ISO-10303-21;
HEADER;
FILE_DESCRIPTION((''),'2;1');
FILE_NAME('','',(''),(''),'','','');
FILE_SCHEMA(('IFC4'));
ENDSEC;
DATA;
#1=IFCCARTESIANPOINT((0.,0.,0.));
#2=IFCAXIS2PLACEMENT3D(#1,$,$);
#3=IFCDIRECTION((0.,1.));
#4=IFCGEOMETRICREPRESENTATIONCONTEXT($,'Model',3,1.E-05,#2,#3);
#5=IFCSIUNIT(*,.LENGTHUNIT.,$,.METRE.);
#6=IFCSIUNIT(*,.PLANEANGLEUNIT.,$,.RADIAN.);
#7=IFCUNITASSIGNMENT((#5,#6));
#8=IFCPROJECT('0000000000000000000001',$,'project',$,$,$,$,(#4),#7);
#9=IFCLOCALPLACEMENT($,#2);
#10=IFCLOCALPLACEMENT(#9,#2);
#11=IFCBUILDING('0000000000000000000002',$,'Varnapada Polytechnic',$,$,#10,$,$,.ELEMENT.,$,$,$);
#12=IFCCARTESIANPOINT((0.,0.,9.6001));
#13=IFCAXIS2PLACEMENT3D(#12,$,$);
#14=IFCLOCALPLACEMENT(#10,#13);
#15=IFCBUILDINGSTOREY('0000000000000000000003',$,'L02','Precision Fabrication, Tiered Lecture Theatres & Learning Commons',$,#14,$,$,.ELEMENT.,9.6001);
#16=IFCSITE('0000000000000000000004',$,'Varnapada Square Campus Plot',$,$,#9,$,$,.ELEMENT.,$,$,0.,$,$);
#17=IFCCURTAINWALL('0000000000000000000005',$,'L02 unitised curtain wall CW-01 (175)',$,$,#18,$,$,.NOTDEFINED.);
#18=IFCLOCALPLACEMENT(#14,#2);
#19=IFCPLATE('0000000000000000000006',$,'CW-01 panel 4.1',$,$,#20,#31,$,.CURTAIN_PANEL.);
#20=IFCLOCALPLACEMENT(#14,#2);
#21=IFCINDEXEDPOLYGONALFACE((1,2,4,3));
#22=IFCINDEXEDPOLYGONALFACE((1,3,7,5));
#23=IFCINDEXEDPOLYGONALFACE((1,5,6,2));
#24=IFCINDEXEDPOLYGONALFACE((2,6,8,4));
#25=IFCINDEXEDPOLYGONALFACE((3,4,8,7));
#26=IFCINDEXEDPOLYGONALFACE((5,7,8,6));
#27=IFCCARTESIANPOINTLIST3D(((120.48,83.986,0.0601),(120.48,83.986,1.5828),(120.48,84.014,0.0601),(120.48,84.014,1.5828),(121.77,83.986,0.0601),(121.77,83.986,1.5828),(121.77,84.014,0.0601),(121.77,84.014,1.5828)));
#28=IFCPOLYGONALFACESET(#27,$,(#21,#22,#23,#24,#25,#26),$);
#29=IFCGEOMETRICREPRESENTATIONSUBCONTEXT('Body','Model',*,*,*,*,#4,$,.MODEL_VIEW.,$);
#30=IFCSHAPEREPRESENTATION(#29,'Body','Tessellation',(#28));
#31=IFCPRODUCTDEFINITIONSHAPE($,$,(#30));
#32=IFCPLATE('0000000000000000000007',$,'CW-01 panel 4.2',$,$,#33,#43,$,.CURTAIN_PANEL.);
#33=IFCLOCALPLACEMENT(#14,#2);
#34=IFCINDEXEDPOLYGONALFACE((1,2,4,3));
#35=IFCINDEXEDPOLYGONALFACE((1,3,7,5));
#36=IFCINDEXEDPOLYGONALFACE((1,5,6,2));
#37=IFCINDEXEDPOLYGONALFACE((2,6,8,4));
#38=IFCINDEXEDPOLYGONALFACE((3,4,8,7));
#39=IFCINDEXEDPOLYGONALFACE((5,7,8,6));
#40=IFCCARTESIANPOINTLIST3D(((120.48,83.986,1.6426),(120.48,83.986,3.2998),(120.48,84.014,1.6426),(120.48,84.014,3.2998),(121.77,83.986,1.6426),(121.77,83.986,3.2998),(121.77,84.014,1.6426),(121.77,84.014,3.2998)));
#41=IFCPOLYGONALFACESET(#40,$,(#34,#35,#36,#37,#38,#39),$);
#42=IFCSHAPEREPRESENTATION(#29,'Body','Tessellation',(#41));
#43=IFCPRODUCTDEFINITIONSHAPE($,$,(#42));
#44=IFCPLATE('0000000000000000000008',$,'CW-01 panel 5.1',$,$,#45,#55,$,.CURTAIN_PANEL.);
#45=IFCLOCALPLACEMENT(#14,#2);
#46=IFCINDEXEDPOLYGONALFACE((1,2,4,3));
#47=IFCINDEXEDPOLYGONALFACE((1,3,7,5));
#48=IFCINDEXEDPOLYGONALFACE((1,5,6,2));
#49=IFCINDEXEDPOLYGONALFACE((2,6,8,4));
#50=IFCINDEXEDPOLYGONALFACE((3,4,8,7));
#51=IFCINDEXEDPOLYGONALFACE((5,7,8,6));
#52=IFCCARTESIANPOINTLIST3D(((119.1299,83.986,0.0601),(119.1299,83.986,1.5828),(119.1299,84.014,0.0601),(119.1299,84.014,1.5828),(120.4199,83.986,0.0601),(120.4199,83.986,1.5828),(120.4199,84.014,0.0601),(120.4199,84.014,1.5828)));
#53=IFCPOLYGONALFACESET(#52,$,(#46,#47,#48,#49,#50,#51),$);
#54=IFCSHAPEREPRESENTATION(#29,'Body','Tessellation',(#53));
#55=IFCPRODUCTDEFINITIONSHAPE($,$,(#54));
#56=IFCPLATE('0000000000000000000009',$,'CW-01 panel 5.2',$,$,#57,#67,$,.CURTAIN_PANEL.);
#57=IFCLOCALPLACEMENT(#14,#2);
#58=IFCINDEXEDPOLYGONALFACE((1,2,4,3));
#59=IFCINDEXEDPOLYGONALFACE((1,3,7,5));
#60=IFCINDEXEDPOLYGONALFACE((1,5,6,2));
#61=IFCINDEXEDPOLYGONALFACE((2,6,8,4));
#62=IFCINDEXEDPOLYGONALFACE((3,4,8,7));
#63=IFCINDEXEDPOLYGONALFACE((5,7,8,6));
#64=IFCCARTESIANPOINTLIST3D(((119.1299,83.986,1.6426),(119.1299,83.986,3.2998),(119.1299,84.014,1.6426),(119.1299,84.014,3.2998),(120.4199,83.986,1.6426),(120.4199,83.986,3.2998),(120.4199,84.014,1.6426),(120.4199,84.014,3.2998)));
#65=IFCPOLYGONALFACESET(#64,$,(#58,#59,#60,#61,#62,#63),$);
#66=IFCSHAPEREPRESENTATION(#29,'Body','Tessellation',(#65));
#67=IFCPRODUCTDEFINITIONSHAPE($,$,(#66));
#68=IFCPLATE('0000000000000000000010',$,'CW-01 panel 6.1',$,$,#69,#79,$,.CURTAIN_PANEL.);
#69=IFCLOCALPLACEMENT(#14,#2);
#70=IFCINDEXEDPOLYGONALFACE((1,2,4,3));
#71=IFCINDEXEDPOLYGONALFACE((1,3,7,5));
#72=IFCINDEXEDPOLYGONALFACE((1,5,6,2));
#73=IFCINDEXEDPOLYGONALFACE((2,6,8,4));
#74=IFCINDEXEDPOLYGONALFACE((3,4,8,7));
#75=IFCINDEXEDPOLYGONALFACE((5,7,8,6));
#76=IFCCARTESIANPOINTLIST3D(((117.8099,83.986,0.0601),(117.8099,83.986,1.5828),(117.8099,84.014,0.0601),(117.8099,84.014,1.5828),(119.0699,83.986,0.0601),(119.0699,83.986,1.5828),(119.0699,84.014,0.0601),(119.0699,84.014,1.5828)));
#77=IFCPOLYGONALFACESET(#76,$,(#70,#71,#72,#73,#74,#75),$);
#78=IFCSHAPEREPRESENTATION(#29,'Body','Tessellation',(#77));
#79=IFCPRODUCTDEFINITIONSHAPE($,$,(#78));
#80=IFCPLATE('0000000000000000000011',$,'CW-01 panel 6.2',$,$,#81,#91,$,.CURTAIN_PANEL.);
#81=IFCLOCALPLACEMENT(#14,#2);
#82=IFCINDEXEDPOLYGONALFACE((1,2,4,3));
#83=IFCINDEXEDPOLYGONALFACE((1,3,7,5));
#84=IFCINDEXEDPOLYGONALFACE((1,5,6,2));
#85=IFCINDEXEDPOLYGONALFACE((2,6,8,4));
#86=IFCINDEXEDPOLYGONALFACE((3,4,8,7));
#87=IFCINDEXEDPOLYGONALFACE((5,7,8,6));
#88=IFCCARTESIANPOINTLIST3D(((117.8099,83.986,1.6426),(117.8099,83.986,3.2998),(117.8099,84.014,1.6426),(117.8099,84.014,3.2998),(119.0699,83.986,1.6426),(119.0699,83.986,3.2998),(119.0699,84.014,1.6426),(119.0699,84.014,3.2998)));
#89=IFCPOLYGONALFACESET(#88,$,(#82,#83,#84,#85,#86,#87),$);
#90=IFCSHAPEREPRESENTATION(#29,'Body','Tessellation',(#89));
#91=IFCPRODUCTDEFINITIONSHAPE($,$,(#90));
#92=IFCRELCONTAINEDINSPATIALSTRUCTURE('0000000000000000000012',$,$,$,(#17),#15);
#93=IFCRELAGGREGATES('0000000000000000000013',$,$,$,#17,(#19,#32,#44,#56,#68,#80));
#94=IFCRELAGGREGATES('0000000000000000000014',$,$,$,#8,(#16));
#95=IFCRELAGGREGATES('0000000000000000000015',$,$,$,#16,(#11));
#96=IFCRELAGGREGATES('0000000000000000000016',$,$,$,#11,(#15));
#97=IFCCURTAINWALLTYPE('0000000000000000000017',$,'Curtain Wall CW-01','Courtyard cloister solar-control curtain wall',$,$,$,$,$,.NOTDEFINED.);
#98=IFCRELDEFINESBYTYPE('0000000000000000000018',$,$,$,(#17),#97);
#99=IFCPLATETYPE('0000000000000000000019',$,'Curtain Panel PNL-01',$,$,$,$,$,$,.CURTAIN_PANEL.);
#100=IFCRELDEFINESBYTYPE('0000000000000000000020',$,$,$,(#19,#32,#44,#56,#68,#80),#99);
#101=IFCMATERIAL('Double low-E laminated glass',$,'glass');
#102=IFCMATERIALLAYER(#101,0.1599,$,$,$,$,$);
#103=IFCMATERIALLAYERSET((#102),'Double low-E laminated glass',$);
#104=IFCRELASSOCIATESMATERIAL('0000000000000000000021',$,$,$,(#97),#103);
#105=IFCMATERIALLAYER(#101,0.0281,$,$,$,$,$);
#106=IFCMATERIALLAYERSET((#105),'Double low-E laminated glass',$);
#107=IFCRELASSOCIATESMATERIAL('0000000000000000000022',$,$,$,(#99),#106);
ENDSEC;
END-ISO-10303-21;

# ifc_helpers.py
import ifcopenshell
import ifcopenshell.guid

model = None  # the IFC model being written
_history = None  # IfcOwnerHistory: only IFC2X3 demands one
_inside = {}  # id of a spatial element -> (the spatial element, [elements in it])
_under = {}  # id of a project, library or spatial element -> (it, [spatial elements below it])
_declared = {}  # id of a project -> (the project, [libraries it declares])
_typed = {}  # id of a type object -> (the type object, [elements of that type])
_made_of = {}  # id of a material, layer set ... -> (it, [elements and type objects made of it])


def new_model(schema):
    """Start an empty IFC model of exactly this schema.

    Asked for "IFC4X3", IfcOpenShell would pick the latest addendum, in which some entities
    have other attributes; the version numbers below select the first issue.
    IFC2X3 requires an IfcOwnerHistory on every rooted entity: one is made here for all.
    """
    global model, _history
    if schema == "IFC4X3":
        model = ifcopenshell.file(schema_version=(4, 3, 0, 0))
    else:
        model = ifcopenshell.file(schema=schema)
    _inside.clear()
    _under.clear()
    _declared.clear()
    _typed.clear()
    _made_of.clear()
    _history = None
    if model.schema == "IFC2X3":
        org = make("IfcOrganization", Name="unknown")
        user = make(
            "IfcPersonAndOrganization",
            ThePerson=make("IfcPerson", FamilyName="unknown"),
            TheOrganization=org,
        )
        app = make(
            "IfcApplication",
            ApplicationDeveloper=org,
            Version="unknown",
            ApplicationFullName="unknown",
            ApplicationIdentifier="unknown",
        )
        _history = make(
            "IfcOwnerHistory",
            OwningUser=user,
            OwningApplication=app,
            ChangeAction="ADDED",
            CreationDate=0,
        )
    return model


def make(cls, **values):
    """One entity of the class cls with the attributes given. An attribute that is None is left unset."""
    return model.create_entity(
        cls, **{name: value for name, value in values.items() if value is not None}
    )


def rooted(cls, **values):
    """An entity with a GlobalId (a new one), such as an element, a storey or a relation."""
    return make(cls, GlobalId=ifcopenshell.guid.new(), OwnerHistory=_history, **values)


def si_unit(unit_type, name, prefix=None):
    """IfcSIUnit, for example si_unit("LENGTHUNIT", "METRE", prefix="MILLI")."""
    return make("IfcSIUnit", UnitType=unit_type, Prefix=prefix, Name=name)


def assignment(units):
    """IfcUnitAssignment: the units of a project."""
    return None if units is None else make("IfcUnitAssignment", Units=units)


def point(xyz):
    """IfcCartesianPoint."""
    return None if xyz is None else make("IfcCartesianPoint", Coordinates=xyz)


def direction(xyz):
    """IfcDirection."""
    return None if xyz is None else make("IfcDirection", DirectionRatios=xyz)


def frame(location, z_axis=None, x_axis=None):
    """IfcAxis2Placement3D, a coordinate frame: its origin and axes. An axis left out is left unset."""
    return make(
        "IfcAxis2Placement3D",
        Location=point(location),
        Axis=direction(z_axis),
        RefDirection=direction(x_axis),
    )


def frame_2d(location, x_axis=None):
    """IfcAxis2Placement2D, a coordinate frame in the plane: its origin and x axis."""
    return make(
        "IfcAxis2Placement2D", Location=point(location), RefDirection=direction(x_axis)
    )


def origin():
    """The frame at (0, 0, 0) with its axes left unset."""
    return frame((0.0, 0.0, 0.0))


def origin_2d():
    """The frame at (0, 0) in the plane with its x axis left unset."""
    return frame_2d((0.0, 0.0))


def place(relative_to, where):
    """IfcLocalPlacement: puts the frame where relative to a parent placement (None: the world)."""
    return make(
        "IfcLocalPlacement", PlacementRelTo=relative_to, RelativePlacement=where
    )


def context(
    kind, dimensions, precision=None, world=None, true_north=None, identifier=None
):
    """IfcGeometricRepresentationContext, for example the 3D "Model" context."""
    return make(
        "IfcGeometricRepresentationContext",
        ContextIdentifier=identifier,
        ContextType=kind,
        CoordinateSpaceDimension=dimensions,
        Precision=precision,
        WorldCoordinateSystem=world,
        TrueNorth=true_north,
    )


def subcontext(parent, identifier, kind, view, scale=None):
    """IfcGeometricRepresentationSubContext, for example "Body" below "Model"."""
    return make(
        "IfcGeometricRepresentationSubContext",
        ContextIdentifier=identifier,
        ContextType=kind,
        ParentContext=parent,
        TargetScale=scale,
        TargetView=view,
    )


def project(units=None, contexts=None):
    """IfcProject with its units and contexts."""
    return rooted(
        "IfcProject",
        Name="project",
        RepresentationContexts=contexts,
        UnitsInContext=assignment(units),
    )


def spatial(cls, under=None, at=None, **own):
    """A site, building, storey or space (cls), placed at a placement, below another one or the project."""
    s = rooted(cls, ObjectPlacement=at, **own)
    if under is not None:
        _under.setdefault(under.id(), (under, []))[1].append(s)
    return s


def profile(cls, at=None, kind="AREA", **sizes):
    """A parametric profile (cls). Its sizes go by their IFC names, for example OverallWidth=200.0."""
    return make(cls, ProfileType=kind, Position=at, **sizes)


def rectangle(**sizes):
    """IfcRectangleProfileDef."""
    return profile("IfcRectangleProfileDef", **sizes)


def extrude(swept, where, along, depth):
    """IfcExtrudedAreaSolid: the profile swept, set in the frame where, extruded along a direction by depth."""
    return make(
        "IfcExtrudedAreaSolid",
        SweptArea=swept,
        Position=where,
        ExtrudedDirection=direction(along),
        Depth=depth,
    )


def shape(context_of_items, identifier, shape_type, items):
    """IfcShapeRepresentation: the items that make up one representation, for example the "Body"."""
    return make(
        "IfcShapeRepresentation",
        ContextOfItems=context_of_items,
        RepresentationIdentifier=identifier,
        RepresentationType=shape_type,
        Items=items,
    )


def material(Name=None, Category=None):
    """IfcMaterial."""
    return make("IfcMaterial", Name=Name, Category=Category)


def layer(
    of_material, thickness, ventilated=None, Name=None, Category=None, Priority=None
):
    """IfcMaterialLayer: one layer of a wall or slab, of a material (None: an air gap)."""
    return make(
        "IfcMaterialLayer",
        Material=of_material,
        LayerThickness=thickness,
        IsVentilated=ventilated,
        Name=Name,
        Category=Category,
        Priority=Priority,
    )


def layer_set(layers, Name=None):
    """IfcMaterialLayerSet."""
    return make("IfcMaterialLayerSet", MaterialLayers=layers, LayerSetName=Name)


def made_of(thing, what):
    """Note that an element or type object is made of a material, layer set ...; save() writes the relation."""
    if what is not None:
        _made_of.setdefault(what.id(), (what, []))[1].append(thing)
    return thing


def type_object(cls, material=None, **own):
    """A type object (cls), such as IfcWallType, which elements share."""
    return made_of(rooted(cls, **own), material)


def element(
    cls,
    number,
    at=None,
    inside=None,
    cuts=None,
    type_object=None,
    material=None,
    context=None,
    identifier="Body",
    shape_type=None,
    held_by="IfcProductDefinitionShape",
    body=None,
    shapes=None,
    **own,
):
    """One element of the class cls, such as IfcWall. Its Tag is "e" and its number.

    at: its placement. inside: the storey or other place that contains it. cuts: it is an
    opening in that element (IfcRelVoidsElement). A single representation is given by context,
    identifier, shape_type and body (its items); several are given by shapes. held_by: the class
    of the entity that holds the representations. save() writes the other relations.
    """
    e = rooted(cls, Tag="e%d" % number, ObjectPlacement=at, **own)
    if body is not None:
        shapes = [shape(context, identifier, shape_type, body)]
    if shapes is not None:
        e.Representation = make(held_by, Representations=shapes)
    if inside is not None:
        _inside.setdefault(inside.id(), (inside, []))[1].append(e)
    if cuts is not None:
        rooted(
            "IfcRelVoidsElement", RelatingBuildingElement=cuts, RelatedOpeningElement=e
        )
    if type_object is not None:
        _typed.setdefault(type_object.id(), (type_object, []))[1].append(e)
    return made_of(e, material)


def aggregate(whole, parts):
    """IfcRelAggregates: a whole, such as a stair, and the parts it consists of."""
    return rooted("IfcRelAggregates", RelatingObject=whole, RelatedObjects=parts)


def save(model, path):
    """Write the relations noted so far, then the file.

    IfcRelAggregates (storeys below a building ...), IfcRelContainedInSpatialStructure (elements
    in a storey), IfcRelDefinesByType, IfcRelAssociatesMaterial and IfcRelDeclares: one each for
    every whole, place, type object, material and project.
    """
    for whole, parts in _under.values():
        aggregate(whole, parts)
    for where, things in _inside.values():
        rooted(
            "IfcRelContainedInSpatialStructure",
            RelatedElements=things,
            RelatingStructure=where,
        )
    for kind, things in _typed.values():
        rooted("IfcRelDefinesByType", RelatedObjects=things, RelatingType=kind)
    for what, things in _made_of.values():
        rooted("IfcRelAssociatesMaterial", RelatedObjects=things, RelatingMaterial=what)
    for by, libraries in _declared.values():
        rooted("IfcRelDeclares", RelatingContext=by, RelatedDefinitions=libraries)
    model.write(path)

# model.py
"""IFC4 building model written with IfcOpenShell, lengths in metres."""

from ifc_helpers import new_model, si_unit, direction, frame, origin, origin_2d, place, context, subcontext, project, spatial, rectangle, extrude, material, layer, layer_set, type_object, element, aggregate, save


model = new_model("IFC4")

# Units and contexts
model_context = context("Model", 3, precision=1e-05, world=origin(), true_north=direction((0.0, 1.0)))
body_context = subcontext(model_context, "Body", "Model", "MODEL_VIEW")
ifc_project = project(units=[si_unit("LENGTHUNIT", "METRE"), si_unit("PLANEANGLEUNIT", "RADIAN")], contexts=[model_context])

# Site, building, storey
site_placement = place(None, origin())
site = spatial("IfcSite", under=ifc_project, at=site_placement, Name="Varnapada Square Campus Plot", CompositionType="ELEMENT", RefElevation=0.0)
building_placement = place(site_placement, origin())
building = spatial("IfcBuilding", under=site, at=building_placement, Name="Varnapada Polytechnic", CompositionType="ELEMENT")
storey_placement = place(building_placement, frame((0.0, 0.0, 9.6001)))
storey = spatial("IfcBuildingStorey", under=building, at=storey_placement, Name="L02", Description="Precision Fabrication, Tiered Lecture Theatres & Learning Commons", CompositionType="ELEMENT", Elevation=9.6001)

# Curtain wall, plates
ifc_material_1 = material(Name="Double low-E laminated glass", Category="glass")
ifc_layer_1 = layer(ifc_material_1, 0.1599)
ifc_layer_set_1 = layer_set([ifc_layer_1], Name="Double low-E laminated glass")
curtain_wall_type = type_object("IfcCurtainWallType", Name="Curtain Wall CW-01", Description="Courtyard cloister solar-control curtain wall", PredefinedType="NOTDEFINED", material=ifc_layer_set_1)
curtain_wall_placement = place(storey_placement, origin())
curtain_wall = element("IfcCurtainWall", 1, at=curtain_wall_placement, inside=storey, type_object=curtain_wall_type, Name="L02 unitised curtain wall CW-01 (175)", PredefinedType="NOTDEFINED")
ifc_layer_2 = layer(ifc_material_1, 0.0281)
ifc_layer_set_2 = layer_set([ifc_layer_2], Name="Double low-E laminated glass")
plate_type = type_object("IfcPlateType", Name="Curtain Panel PNL-01", PredefinedType="CURTAIN_PANEL", material=ifc_layer_set_2)
plate_1_placement = place(storey_placement, frame((121.125, 84.0, 0.0601), z_axis=(0.0, 0.0, 1.0), x_axis=(-1.0, 0.0, 0.0)))
plate_1 = element("IfcPlate", 2, at=plate_1_placement, type_object=plate_type, Name="CW-01 panel 4.1", PredefinedType="CURTAIN_PANEL", context=body_context, shape_type="SweptSolid", body=[
    extrude(rectangle(XDim=1.29, YDim=0.0281, at=origin_2d()), origin(), (0.0, 0.0, 1.0), 1.5227),
])
plate_2_placement = place(storey_placement, frame((121.125, 84.0, 1.6426), z_axis=(0.0, 0.0, 1.0), x_axis=(-1.0, 0.0, 0.0)))
plate_2 = element("IfcPlate", 3, at=plate_2_placement, type_object=plate_type, Name="CW-01 panel 4.2", PredefinedType="CURTAIN_PANEL", context=body_context, shape_type="SweptSolid", body=[
    extrude(rectangle(XDim=1.29, YDim=0.0281, at=origin_2d()), origin(), (0.0, 0.0, 1.0), 1.6572),
])
plate_3_placement = place(storey_placement, frame((119.7749, 84.0, 0.0601), z_axis=(0.0, 0.0, 1.0), x_axis=(-1.0, 0.0, 0.0)))
plate_3 = element("IfcPlate", 4, at=plate_3_placement, type_object=plate_type, Name="CW-01 panel 5.1", PredefinedType="CURTAIN_PANEL", context=body_context, shape_type="SweptSolid", body=[
    extrude(rectangle(XDim=1.29, YDim=0.0281, at=origin_2d()), origin(), (0.0, 0.0, 1.0), 1.5227),
])
plate_4_placement = place(storey_placement, frame((119.7749, 84.0, 1.6426), z_axis=(0.0, 0.0, 1.0), x_axis=(-1.0, 0.0, 0.0)))
plate_4 = element("IfcPlate", 5, at=plate_4_placement, type_object=plate_type, Name="CW-01 panel 5.2", PredefinedType="CURTAIN_PANEL", context=body_context, shape_type="SweptSolid", body=[
    extrude(rectangle(XDim=1.29, YDim=0.0281, at=origin_2d()), origin(), (0.0, 0.0, 1.0), 1.6572),
])
plate_5_placement = place(storey_placement, frame((118.4399, 84.0, 0.0601), z_axis=(0.0, 0.0, 1.0), x_axis=(-1.0, 0.0, 0.0)))
plate_5 = element("IfcPlate", 6, at=plate_5_placement, type_object=plate_type, Name="CW-01 panel 6.1", PredefinedType="CURTAIN_PANEL", context=body_context, shape_type="SweptSolid", body=[
    extrude(rectangle(XDim=1.26, YDim=0.0281, at=origin_2d()), origin(), (0.0, 0.0, 1.0), 1.5227),
])
plate_6_placement = place(storey_placement, frame((118.4399, 84.0, 1.6426), z_axis=(0.0, 0.0, 1.0), x_axis=(-1.0, 0.0, 0.0)))
plate_6 = element("IfcPlate", 7, at=plate_6_placement, type_object=plate_type, Name="CW-01 panel 6.2", PredefinedType="CURTAIN_PANEL", context=body_context, shape_type="SweptSolid", body=[
    extrude(rectangle(XDim=1.26, YDim=0.0281, at=origin_2d()), origin(), (0.0, 0.0, 1.0), 1.6572),
])
aggregate(curtain_wall, [plate_1, plate_2, plate_3, plate_4, plate_5, plate_6])

save(model, "model.ifc")
